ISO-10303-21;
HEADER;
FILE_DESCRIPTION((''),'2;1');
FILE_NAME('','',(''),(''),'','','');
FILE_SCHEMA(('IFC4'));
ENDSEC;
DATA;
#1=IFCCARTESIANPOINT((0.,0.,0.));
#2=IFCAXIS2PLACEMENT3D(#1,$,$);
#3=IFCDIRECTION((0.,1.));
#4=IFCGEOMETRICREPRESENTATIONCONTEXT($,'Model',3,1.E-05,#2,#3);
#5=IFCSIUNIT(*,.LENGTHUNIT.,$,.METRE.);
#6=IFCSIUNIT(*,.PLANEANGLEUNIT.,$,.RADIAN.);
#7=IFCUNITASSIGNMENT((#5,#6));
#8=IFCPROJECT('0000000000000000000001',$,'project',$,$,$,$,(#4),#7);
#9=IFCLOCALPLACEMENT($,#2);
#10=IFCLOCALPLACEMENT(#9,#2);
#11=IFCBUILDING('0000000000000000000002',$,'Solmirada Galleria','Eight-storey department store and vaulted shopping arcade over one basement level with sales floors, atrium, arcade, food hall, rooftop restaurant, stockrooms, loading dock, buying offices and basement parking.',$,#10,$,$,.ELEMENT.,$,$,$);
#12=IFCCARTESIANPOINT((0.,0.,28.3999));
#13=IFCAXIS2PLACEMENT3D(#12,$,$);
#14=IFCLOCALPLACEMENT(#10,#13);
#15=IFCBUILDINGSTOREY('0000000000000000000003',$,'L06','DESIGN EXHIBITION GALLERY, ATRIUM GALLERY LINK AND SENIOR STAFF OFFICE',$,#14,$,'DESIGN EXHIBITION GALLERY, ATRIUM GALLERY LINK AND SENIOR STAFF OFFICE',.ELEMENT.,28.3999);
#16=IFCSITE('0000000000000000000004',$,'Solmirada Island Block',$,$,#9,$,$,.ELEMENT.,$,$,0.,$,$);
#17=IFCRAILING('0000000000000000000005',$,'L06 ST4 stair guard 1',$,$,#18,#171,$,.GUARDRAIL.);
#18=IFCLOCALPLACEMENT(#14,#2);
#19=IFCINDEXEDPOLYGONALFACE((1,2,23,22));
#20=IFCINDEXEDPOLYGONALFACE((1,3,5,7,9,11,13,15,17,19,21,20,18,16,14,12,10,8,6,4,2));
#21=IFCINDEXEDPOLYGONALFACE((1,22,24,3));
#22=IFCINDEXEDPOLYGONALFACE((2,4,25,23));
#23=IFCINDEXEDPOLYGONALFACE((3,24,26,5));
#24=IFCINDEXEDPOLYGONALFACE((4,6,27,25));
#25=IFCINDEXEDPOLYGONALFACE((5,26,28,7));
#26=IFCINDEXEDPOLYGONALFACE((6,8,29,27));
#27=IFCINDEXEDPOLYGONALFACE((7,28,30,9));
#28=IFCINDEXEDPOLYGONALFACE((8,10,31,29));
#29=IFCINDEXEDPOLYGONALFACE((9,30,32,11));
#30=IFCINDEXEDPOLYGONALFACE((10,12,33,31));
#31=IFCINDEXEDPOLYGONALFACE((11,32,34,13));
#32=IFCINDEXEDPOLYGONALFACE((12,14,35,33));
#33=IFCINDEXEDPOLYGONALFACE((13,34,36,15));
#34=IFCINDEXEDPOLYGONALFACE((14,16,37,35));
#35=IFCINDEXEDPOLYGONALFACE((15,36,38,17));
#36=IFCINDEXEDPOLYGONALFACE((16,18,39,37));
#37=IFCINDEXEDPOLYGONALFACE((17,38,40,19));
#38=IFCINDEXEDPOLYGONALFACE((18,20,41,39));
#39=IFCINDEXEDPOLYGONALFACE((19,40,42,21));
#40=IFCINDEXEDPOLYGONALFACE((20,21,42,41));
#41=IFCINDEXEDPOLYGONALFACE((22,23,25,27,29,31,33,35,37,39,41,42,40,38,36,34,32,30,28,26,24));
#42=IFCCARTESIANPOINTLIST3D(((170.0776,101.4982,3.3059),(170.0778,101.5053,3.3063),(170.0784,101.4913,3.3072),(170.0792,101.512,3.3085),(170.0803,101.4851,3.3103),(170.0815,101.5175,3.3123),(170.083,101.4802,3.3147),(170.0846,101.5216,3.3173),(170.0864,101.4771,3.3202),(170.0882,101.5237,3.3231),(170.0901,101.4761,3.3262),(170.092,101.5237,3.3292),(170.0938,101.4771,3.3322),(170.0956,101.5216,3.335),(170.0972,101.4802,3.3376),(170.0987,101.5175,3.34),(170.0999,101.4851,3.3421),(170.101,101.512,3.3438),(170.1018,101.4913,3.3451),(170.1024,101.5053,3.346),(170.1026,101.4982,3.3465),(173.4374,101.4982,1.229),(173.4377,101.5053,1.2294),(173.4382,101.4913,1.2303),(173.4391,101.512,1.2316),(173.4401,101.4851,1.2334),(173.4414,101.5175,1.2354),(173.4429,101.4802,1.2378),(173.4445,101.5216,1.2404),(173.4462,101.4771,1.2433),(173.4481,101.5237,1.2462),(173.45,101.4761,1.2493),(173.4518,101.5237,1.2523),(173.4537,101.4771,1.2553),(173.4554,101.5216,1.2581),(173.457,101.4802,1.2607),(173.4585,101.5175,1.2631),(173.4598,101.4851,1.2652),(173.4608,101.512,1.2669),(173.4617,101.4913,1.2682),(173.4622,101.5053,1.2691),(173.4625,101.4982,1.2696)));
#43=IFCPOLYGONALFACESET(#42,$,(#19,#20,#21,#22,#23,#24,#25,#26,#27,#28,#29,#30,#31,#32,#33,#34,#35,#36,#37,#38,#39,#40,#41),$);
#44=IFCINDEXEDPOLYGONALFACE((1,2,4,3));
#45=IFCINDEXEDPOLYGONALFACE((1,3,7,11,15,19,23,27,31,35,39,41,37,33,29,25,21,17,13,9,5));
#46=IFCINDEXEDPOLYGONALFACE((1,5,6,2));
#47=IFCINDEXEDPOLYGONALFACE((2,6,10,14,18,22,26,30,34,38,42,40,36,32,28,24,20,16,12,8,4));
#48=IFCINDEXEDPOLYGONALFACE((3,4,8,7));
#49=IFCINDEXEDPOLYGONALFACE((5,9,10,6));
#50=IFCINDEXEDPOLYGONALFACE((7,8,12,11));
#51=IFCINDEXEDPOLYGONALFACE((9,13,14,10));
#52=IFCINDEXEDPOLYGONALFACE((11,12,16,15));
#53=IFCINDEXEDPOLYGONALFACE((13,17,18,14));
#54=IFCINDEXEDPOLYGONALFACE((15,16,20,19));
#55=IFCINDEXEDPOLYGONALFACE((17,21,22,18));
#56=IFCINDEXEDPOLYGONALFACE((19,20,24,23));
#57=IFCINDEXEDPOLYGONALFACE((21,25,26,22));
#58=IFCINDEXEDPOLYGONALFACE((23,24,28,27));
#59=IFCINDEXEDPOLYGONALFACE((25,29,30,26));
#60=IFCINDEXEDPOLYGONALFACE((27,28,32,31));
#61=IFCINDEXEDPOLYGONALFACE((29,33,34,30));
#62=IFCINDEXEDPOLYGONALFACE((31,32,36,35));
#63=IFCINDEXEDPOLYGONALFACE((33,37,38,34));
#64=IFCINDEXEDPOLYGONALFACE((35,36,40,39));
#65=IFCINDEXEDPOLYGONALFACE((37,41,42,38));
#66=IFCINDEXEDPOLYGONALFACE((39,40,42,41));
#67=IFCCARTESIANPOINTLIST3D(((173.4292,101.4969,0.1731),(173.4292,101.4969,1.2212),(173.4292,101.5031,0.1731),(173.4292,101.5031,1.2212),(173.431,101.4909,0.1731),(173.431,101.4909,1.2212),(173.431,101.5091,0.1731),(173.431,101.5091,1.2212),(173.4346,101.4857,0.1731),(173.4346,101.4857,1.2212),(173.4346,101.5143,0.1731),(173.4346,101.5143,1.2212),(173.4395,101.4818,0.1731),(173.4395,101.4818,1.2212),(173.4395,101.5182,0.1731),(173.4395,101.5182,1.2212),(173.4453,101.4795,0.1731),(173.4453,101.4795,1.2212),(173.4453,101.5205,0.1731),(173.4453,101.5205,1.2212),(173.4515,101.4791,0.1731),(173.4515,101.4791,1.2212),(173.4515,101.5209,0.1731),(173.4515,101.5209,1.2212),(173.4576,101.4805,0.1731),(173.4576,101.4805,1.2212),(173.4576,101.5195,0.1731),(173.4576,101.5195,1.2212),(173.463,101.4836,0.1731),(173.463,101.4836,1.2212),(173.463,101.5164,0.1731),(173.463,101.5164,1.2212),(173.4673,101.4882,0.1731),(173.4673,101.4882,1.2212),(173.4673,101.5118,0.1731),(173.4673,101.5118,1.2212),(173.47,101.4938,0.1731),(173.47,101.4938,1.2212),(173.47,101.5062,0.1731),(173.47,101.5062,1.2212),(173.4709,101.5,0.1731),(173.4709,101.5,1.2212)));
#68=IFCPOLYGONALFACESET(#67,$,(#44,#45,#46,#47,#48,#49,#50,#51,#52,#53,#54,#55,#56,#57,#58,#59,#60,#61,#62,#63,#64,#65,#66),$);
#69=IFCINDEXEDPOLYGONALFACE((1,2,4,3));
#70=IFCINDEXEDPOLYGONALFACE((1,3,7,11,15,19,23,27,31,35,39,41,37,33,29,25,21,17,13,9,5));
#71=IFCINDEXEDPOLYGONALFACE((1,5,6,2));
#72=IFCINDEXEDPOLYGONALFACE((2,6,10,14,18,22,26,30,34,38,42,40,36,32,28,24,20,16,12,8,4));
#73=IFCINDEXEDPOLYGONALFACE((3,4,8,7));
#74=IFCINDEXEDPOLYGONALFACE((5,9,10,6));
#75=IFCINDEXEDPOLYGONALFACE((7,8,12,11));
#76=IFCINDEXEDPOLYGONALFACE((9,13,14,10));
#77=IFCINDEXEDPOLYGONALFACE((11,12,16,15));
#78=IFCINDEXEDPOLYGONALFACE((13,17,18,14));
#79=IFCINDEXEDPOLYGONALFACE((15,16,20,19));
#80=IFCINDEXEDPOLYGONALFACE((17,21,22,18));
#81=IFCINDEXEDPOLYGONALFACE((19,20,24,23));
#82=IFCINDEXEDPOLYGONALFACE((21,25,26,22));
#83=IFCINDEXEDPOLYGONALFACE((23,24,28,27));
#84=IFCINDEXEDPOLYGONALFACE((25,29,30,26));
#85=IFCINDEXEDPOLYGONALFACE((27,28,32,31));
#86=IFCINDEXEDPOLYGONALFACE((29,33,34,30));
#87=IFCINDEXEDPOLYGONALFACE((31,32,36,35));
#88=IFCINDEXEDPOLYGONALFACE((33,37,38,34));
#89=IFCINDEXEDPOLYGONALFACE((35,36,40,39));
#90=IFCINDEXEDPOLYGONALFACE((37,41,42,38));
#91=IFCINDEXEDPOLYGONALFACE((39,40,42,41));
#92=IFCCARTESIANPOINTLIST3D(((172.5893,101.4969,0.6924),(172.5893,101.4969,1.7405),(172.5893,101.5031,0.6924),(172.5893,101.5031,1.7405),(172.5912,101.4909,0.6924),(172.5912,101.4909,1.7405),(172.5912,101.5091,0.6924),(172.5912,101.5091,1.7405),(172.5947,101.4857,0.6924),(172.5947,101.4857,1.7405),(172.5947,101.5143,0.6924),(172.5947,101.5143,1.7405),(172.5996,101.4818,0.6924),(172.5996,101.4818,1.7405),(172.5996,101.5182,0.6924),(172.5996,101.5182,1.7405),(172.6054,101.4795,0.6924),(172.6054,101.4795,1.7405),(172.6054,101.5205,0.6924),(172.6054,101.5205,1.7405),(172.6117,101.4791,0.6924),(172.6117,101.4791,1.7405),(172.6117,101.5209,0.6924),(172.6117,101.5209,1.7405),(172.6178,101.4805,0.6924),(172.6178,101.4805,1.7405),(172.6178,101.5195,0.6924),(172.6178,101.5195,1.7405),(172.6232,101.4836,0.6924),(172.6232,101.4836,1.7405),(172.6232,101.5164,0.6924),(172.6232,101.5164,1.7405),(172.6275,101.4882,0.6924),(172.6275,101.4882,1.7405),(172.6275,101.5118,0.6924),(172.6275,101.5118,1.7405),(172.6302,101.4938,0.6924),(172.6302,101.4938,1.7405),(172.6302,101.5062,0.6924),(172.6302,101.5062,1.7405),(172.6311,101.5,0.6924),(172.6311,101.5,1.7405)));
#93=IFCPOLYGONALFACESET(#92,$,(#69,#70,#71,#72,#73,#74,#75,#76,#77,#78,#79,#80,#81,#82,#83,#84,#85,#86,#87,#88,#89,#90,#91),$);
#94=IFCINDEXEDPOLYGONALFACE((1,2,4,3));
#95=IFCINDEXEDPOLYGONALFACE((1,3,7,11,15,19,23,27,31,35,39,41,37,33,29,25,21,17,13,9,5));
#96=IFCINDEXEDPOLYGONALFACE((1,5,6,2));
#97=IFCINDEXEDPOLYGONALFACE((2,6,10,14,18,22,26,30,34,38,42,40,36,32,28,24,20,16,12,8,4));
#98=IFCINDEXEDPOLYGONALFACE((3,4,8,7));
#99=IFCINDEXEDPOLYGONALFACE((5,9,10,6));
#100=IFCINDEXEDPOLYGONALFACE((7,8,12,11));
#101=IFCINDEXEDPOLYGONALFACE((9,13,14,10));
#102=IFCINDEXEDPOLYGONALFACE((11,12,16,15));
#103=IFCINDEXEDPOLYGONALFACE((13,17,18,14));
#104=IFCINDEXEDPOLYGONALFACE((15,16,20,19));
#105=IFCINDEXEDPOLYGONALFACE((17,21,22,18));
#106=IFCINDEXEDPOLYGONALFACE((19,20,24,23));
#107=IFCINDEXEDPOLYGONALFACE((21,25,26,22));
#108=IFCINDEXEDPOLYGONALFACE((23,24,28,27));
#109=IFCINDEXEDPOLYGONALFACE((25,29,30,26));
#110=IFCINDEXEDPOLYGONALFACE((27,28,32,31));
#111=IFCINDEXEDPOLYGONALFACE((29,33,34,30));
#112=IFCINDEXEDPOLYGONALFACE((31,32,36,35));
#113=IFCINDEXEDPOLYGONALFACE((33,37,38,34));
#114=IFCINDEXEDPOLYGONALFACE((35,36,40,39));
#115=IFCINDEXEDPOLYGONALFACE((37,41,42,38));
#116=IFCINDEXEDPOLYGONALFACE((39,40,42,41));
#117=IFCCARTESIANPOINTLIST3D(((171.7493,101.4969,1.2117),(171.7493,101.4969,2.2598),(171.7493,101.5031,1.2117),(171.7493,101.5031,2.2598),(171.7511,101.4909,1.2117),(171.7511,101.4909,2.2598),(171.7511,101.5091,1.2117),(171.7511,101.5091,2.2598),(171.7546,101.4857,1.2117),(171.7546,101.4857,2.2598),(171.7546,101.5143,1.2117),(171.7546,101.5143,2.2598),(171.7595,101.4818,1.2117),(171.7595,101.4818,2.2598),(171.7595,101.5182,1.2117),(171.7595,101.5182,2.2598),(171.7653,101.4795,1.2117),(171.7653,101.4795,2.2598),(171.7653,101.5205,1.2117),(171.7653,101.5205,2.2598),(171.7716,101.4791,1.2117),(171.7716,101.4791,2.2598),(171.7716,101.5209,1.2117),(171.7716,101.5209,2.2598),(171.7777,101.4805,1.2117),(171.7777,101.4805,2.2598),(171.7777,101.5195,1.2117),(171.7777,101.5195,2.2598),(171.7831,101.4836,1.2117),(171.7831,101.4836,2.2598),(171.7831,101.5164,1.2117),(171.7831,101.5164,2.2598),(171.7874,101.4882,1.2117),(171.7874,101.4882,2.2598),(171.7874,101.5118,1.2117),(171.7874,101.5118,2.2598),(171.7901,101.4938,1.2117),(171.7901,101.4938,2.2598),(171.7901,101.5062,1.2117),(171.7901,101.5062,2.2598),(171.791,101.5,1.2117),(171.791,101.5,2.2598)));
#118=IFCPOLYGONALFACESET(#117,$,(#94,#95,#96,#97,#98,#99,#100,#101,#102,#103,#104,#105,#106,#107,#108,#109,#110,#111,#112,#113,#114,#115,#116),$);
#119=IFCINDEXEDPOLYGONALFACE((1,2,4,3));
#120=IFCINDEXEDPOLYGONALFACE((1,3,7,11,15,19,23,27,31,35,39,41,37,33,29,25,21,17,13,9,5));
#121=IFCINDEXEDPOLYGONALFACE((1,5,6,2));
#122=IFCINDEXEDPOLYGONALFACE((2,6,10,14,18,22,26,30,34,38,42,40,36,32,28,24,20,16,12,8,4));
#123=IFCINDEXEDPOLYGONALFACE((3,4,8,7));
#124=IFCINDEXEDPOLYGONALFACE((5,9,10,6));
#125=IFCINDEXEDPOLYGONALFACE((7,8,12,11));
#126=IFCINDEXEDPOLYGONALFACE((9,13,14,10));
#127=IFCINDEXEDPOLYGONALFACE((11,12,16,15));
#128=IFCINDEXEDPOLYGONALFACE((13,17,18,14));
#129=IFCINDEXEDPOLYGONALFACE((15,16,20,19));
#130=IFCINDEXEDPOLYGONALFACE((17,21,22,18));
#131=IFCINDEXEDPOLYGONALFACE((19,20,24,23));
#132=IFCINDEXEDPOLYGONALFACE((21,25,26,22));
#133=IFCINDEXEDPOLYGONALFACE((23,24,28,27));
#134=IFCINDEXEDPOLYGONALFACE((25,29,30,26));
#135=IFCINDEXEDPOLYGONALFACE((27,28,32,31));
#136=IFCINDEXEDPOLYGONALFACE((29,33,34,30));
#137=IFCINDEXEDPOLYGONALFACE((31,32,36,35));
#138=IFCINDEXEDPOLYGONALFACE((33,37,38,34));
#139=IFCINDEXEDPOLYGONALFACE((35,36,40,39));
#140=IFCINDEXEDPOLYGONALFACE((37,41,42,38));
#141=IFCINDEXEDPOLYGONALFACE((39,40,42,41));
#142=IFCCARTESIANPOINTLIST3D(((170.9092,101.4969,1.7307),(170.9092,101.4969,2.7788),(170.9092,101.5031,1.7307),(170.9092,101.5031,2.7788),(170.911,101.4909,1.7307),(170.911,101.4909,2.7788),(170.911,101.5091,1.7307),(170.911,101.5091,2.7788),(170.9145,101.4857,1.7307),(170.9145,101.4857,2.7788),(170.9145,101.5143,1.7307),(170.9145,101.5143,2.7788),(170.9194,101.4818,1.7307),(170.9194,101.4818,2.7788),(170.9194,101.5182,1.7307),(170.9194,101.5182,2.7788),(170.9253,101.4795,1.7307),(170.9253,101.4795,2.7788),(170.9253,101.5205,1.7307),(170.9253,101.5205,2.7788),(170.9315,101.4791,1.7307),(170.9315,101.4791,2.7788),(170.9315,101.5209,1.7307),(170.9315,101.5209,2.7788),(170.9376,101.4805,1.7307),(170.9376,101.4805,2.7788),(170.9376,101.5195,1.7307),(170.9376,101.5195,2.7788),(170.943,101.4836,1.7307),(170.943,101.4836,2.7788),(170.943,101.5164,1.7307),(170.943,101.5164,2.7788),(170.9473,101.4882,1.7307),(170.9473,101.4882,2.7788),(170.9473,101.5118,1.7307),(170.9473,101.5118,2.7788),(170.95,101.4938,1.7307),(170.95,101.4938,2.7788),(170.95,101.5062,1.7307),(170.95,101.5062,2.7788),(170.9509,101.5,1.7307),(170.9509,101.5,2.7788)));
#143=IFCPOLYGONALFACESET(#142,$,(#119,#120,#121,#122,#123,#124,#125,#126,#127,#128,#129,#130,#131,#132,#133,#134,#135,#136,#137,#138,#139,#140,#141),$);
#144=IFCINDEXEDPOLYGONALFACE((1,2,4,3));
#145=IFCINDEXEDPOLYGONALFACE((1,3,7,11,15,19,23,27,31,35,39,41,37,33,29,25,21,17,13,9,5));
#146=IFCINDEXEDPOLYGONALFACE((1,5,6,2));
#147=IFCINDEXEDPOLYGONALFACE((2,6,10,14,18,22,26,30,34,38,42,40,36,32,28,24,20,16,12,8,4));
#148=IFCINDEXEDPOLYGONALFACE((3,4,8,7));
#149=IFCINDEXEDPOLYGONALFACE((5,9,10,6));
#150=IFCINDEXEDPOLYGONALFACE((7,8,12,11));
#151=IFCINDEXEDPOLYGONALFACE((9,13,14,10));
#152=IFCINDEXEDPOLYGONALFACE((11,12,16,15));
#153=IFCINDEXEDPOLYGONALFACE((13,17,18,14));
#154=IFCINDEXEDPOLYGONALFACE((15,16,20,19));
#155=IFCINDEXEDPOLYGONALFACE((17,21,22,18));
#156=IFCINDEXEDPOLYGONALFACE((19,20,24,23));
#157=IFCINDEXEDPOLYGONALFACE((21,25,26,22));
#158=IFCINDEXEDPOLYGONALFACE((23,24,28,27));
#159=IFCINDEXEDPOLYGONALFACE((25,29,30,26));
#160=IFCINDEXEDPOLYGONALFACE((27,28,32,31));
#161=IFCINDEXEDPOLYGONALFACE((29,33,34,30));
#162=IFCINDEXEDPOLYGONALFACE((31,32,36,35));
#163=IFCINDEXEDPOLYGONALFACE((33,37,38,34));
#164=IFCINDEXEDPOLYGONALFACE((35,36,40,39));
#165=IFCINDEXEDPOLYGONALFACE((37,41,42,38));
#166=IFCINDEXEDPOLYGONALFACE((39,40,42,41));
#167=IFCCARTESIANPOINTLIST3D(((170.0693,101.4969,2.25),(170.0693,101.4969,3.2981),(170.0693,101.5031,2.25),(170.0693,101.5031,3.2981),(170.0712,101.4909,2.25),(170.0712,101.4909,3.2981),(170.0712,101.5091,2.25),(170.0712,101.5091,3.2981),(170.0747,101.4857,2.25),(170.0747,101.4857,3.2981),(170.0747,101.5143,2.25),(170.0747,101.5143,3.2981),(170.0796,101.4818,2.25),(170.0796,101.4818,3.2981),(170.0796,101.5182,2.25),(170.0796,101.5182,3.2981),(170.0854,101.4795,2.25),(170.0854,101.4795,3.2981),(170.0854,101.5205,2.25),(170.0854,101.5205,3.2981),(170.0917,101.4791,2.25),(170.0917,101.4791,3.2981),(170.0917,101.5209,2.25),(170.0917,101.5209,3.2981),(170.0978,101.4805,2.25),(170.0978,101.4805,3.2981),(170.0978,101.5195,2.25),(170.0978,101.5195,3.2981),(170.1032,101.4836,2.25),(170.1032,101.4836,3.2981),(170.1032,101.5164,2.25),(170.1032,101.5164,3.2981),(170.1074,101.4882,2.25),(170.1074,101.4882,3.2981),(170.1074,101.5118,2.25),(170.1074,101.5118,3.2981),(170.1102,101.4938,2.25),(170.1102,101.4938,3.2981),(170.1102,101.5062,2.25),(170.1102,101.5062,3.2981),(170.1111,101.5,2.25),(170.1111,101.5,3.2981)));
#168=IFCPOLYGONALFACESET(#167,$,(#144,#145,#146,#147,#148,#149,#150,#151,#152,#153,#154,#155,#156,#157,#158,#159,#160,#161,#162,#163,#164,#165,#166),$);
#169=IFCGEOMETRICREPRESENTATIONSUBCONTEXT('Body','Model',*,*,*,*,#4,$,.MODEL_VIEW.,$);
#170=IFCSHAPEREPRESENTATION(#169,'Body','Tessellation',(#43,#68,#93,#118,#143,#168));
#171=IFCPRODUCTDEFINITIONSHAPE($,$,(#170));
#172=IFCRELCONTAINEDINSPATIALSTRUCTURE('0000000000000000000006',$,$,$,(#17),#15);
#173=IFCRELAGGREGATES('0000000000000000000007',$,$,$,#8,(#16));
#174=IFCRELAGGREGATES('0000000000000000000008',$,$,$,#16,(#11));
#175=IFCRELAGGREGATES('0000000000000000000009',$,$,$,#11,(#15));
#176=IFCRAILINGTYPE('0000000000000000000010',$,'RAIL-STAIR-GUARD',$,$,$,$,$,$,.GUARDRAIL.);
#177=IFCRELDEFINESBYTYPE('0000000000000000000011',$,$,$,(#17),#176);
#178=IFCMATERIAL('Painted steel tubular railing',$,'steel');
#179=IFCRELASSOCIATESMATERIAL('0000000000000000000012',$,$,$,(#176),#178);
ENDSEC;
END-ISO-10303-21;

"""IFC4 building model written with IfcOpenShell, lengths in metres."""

from ifc_helpers import new_model, si_unit, direction, frame, origin, origin_2d, place, context, subcontext, project, spatial, circle, extrude, material, type_object, element, save


model = new_model("IFC4")

# Units and contexts
model_context = context("Model", 3, precision=1e-05, world=origin(), true_north=direction((0.0, 1.0)))
body_context = subcontext(model_context, "Body", "Model", "MODEL_VIEW")
ifc_project = project(units=[si_unit("LENGTHUNIT", "METRE"), si_unit("PLANEANGLEUNIT", "RADIAN")], contexts=[model_context])

# Site, building, storey
site_placement = place(None, origin())
site = spatial("IfcSite", under=ifc_project, at=site_placement, Name="Solmirada Island Block", CompositionType="ELEMENT", RefElevation=0.0)
building_placement = place(site_placement, origin())
building = spatial("IfcBuilding", under=site, at=building_placement, Name="Solmirada Galleria", Description="Eight-storey department store and vaulted shopping arcade over one basement level with sales floors, atrium, arcade, food hall, rooftop restaurant, stockrooms, loading dock, buying offices and basement parking.", CompositionType="ELEMENT")
storey_placement = place(building_placement, frame((0.0, 0.0, 28.3999)))
storey = spatial("IfcBuildingStorey", under=building, at=storey_placement, Name="L06", Description="DESIGN EXHIBITION GALLERY, ATRIUM GALLERY LINK AND SENIOR STAFF OFFICE", LongName="DESIGN EXHIBITION GALLERY, ATRIUM GALLERY LINK AND SENIOR STAFF OFFICE", CompositionType="ELEMENT", Elevation=28.3999)

# Railing
ifc_material_1 = material(Name="Painted steel tubular railing", Category="steel")
railing_type_1 = type_object("IfcRailingType", Name="RAIL-STAIR-GUARD", PredefinedType="GUARDRAIL", material=ifc_material_1)
railing_1_placement = place(storey_placement, frame((173.45, 101.5, 0.1731)))
element("IfcRailing", 1, at=railing_1_placement, inside=storey, type_object=railing_type_1, Name="L06 ST4 stair guard 1", PredefinedType="GUARDRAIL", context=body_context, shape_type="SweptSolid", body=[
    extrude(circle(Radius=0.0239, at=origin_2d()), frame((0.0, 0.0, 1.0762), z_axis=(-0.850606, 0.0, 0.525803), x_axis=(0.0, -1.0, 0.0)), (0.0, 0.0, 1.0), 3.95),
    extrude(circle(Radius=0.021, at=origin_2d()), origin(), (0.0, 0.0, 1.0), 1.0481),
    extrude(circle(Radius=0.021, at=origin_2d()), frame((-0.8398, 0.0, 0.5193)), (0.0, 0.0, 1.0), 1.0481),
    extrude(circle(Radius=0.021, at=origin_2d()), frame((-1.6799, 0.0, 1.0386)), (0.0, 0.0, 1.0), 1.0481),
    extrude(circle(Radius=0.021, at=origin_2d()), frame((-2.52, 0.0, 1.5576)), (0.0, 0.0, 1.0), 1.0481),
    extrude(circle(Radius=0.021, at=origin_2d()), frame((-3.3599, 0.0, 2.0769)), (0.0, 0.0, 1.0), 1.0481),
])

save(model, "model.ifc")
